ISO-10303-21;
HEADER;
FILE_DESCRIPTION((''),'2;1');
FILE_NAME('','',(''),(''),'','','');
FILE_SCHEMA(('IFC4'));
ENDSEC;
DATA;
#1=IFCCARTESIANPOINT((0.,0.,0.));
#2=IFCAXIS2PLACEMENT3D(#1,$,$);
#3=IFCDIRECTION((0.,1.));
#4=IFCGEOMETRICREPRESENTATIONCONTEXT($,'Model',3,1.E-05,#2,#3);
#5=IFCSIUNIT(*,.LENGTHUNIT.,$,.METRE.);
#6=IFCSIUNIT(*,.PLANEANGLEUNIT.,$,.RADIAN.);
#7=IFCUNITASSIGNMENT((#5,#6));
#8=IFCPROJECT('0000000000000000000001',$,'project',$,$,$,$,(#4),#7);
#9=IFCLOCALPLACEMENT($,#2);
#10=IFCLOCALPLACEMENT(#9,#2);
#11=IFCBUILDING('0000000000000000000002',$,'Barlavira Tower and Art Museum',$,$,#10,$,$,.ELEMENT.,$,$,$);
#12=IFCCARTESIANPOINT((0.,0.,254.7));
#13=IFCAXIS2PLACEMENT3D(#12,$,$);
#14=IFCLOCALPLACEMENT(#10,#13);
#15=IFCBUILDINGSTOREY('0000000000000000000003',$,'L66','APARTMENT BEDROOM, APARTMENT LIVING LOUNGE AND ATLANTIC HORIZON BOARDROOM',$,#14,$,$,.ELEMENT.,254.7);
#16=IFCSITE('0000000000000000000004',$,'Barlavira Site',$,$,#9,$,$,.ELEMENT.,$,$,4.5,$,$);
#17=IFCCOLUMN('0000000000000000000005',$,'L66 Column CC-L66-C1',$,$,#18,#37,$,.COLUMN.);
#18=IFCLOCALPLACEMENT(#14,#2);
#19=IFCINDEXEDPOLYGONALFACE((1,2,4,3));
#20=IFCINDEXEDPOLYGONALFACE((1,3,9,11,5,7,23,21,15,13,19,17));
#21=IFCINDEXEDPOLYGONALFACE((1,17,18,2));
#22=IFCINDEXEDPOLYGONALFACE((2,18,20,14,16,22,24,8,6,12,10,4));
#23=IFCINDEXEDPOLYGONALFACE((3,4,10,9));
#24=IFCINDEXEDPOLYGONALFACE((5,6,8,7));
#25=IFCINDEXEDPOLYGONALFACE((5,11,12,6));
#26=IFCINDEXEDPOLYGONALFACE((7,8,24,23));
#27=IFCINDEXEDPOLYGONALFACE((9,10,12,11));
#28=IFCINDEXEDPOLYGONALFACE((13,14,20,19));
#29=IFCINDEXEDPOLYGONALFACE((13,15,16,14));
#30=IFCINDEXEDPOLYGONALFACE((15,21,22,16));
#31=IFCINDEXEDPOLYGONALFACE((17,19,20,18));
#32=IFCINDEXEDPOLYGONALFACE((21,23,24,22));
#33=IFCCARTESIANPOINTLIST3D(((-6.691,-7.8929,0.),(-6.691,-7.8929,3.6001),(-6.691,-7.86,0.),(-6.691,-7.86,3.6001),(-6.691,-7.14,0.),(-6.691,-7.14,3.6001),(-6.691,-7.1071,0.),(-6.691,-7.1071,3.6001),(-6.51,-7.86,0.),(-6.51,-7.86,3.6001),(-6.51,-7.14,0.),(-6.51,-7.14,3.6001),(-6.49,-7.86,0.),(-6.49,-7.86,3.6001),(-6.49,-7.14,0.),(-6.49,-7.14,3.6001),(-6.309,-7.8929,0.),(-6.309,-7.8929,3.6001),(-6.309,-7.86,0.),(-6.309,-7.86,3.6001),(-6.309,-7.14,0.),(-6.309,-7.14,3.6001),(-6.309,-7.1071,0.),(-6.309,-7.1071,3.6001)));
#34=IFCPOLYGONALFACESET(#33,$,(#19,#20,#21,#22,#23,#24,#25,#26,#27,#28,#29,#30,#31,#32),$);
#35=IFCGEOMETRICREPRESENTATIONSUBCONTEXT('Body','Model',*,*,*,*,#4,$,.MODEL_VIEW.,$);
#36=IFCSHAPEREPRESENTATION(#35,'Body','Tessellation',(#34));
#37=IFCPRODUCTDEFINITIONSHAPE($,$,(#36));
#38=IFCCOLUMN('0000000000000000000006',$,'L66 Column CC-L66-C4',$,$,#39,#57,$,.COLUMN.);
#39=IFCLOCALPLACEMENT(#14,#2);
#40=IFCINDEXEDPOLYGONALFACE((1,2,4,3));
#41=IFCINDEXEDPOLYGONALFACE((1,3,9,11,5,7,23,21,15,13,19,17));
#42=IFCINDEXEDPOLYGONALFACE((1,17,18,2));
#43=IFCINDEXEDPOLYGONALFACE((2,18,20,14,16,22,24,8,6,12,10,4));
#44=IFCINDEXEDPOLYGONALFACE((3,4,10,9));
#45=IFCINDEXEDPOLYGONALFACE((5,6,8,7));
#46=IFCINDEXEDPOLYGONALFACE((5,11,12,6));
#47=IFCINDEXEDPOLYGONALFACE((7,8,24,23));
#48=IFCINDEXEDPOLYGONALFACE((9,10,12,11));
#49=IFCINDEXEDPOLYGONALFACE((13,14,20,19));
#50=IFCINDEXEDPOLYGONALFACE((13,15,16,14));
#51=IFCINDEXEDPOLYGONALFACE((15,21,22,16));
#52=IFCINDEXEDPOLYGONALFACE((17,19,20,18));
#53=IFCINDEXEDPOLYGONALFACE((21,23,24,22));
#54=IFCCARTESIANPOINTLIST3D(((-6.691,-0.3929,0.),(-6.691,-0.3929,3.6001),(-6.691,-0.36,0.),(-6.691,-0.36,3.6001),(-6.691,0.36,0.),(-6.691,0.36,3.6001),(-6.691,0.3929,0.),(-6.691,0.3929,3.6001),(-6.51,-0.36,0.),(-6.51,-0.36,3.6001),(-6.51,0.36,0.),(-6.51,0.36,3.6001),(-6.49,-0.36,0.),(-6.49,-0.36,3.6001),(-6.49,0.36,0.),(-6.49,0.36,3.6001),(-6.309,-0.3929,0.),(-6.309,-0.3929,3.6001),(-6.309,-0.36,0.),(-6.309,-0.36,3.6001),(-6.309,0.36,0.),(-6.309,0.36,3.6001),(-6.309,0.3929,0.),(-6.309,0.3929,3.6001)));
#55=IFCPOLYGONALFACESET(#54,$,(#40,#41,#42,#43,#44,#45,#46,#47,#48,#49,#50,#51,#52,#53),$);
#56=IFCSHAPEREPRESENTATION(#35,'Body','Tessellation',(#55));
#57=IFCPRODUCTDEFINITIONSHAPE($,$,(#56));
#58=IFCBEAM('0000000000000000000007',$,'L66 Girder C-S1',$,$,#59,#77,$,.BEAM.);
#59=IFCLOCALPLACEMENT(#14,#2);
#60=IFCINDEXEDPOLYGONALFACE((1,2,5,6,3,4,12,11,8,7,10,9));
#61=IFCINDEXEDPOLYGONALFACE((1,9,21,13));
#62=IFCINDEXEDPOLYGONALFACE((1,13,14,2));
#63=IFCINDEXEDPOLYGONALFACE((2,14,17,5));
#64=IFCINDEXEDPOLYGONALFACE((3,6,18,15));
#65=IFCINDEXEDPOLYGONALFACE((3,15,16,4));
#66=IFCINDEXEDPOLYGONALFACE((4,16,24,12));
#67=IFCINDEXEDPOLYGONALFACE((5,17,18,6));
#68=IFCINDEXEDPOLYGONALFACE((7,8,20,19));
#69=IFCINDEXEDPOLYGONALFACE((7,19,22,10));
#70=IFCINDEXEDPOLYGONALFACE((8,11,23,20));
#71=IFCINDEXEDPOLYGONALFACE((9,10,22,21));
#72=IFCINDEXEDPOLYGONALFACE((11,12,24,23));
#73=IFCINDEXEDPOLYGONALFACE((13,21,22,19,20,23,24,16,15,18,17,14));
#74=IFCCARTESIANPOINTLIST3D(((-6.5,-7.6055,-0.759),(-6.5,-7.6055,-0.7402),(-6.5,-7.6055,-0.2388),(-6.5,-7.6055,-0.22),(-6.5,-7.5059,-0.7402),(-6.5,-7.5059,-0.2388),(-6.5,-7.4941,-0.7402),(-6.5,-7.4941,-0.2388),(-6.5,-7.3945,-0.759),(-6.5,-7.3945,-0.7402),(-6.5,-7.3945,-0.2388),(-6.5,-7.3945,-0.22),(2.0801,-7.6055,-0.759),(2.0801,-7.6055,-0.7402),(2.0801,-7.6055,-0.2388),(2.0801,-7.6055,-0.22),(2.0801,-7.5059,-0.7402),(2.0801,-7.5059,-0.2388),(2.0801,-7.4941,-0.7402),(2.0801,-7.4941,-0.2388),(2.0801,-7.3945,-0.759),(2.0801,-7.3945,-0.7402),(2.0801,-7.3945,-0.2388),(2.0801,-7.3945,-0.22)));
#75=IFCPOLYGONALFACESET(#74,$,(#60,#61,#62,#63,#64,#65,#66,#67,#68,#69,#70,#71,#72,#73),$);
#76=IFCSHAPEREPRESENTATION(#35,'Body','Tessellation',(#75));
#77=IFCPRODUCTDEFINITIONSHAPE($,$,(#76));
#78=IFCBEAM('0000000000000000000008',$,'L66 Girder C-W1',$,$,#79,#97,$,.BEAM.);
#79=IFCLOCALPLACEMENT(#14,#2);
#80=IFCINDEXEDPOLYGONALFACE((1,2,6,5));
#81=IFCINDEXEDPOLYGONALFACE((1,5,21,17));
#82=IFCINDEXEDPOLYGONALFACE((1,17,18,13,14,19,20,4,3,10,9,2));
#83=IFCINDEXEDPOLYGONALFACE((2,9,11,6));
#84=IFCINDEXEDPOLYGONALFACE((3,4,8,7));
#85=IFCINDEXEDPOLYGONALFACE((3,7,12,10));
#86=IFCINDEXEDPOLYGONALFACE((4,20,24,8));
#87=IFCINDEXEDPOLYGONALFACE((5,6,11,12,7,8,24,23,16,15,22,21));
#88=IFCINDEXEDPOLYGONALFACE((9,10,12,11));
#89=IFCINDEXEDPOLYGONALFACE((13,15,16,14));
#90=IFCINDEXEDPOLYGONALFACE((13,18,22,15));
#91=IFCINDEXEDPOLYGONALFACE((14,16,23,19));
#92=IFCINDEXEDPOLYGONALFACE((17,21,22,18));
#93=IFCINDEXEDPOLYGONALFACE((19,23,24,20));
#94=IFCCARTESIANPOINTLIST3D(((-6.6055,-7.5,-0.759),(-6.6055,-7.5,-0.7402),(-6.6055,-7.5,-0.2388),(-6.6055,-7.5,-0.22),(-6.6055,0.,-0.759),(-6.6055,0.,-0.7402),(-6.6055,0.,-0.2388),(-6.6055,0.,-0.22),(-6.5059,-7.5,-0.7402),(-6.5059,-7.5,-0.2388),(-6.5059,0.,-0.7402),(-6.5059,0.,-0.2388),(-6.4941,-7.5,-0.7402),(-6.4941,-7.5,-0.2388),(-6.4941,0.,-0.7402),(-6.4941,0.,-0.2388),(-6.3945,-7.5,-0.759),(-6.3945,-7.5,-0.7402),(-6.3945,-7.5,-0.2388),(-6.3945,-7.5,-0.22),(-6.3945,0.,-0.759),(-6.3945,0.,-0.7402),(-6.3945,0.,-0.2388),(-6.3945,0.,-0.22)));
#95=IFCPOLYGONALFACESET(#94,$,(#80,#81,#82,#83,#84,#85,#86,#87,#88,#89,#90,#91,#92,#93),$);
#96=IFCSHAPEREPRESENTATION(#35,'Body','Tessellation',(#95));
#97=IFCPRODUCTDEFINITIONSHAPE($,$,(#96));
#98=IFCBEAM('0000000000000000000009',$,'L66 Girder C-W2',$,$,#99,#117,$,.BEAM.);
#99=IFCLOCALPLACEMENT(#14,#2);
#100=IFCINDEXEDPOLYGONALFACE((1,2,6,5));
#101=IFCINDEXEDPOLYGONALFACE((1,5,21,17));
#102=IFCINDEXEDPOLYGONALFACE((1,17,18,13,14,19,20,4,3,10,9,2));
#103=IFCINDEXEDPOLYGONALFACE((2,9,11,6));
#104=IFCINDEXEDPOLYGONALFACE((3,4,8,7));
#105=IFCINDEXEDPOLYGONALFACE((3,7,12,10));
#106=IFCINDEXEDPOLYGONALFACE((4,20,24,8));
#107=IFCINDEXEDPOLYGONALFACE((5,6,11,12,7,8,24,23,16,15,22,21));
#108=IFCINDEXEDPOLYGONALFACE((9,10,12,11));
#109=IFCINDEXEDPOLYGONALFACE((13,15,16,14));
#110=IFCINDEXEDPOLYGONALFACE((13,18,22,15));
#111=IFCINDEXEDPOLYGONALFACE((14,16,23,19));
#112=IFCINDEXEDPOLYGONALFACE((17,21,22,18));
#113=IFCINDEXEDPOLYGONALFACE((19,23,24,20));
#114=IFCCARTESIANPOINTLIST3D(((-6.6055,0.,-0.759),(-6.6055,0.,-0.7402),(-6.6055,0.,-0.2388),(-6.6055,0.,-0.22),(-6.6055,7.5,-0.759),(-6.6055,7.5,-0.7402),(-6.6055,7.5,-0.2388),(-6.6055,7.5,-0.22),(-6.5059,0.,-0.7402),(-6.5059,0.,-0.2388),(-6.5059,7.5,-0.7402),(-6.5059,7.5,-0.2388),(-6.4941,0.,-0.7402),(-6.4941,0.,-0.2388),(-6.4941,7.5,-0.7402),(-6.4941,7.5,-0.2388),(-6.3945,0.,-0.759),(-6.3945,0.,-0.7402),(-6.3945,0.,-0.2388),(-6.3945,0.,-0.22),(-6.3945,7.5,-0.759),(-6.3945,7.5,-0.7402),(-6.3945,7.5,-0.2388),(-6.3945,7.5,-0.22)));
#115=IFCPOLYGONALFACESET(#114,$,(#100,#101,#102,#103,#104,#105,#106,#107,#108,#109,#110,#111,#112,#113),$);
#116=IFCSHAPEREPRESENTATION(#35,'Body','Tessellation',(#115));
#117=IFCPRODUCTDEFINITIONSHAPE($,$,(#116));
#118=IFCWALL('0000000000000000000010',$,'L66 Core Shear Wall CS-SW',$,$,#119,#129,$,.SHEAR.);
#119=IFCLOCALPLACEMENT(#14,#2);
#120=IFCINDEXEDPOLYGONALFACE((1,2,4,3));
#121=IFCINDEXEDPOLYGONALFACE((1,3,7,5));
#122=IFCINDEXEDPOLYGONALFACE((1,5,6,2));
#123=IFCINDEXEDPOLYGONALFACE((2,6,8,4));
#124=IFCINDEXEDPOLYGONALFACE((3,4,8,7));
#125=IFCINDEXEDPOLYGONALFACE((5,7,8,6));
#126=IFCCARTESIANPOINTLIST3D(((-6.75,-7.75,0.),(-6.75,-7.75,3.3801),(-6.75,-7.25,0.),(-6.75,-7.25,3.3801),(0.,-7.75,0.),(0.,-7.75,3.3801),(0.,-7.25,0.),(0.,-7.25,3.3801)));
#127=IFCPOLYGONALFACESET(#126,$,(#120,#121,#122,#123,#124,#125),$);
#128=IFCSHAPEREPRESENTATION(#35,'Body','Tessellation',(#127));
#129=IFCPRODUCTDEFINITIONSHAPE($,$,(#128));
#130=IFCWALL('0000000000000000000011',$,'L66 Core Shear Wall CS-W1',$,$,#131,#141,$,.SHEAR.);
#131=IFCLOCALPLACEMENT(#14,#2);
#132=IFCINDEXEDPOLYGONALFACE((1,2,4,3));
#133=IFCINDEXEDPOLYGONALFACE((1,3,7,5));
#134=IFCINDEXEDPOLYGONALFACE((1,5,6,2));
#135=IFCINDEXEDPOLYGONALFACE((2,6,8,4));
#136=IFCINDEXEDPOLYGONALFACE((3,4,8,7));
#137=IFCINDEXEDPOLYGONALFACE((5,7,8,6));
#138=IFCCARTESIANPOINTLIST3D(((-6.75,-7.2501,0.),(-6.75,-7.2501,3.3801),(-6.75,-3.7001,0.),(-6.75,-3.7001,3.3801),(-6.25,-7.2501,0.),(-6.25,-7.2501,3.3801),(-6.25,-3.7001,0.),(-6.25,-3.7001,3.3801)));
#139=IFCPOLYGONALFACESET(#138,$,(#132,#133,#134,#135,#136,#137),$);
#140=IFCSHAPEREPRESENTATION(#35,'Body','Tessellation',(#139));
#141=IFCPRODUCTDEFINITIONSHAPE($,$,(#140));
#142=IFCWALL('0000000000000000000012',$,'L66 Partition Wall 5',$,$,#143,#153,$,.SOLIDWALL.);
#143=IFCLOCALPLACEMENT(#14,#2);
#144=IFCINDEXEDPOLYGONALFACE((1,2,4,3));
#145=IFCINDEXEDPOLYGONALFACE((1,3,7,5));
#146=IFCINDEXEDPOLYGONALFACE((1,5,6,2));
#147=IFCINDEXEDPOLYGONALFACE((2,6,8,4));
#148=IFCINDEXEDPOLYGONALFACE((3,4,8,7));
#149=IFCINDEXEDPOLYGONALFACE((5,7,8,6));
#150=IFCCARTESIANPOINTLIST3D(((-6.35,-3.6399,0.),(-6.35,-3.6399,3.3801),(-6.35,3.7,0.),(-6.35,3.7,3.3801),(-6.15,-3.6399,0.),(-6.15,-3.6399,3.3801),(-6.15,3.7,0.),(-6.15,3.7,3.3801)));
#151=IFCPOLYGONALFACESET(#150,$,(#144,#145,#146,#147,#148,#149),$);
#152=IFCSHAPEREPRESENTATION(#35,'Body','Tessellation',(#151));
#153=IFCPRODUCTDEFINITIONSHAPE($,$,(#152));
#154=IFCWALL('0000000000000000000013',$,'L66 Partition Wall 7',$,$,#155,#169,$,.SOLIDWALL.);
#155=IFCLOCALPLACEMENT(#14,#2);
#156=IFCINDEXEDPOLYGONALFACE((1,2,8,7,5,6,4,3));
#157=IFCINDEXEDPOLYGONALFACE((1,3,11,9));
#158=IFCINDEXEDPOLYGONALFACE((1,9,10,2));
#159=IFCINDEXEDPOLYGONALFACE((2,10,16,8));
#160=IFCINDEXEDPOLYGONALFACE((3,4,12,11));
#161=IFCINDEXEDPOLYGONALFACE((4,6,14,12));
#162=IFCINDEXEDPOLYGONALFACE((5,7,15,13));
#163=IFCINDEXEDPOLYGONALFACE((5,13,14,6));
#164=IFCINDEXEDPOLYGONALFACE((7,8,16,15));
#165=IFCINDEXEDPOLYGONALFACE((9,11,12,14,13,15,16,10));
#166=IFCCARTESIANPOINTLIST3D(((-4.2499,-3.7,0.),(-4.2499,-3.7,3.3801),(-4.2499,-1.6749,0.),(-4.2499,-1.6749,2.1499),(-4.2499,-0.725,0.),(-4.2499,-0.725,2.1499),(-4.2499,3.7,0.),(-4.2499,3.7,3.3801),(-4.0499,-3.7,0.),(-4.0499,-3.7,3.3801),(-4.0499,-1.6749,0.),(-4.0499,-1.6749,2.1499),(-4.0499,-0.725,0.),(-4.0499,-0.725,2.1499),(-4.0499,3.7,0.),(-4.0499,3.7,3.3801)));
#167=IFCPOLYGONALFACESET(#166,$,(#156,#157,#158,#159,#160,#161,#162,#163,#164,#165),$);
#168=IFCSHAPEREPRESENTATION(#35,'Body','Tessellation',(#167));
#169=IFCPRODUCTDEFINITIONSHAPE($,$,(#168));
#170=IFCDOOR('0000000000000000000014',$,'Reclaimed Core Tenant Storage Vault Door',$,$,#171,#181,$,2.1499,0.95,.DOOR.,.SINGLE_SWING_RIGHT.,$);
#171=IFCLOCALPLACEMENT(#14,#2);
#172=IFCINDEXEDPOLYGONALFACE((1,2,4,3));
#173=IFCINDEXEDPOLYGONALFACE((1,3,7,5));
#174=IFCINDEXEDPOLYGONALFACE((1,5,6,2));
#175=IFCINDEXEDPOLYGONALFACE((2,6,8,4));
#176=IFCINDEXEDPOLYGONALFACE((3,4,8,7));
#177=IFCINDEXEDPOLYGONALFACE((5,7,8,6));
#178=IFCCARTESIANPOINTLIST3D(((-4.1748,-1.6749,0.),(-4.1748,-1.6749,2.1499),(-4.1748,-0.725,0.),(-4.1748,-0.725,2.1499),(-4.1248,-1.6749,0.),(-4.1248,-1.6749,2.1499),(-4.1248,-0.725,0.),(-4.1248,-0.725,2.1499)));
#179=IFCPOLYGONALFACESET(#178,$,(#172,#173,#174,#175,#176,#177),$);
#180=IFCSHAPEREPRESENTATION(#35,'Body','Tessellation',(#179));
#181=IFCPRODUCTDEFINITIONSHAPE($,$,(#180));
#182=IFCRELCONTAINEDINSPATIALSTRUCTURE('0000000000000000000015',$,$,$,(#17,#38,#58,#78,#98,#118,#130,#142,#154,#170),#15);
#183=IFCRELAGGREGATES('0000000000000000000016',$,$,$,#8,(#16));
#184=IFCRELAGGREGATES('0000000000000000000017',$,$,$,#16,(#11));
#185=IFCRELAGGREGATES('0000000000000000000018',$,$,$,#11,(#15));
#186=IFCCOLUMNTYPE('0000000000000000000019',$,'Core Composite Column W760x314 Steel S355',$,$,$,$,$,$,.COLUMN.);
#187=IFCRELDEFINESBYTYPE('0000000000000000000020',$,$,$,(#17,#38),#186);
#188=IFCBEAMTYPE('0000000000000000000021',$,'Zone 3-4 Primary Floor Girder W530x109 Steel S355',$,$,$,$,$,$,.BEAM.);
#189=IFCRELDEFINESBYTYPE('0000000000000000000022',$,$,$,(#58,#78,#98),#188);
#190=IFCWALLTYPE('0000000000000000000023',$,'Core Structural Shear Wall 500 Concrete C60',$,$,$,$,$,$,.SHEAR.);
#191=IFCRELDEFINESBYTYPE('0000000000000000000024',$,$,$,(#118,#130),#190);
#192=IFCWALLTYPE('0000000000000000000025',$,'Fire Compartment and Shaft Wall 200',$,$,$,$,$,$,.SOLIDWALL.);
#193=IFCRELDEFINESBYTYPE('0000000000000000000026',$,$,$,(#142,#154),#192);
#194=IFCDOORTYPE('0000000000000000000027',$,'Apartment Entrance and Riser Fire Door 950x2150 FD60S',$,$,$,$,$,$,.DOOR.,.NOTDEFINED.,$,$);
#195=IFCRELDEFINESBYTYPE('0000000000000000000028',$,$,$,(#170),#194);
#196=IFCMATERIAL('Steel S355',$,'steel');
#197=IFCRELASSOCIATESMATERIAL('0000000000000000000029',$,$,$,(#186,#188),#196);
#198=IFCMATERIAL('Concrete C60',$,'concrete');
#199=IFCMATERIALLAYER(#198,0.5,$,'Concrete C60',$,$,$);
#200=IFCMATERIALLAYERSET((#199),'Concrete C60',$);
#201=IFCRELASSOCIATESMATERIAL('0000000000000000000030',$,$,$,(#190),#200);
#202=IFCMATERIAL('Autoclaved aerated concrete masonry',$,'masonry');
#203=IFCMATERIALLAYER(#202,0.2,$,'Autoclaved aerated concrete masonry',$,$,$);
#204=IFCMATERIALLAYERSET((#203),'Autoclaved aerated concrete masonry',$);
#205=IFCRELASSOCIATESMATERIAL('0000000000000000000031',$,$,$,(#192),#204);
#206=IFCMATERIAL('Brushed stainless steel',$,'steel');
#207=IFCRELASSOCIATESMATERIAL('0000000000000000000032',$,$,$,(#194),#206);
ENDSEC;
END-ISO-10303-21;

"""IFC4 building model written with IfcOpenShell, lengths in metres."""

from ifc_helpers import new_model, si_unit, direction, frame, frame_2d, origin, origin_2d, place, context, subcontext, project, spatial, rectangle, i_section, extrude, material, layer, layer_set, material_profile, profile_set, type_object, element, fill, save


model = new_model("IFC4")

# Units and contexts
model_context = context("Model", 3, precision=1e-05, world=origin(), true_north=direction((0.0, 1.0)))
body_context = subcontext(model_context, "Body", "Model", "MODEL_VIEW")
ifc_project = project(units=[si_unit("LENGTHUNIT", "METRE"), si_unit("PLANEANGLEUNIT", "RADIAN")], contexts=[model_context])

# Site, building, storey
site_placement = place(None, origin())
site = spatial("IfcSite", under=ifc_project, at=site_placement, Name="Barlavira Site", CompositionType="ELEMENT", RefElevation=4.5)
building_placement = place(site_placement, origin())
building = spatial("IfcBuilding", under=site, at=building_placement, Name="Barlavira Tower and Art Museum", CompositionType="ELEMENT")
storey_placement = place(building_placement, frame((0.0, 0.0, 254.7)))
storey = spatial("IfcBuildingStorey", under=building, at=storey_placement, Name="L66", Description="APARTMENT BEDROOM, APARTMENT LIVING LOUNGE AND ATLANTIC HORIZON BOARDROOM", CompositionType="ELEMENT", Elevation=254.7)

# Columns
ifc_material_1 = material(Name="Steel S355", Category="steel")
ifc_material_profile_1 = material_profile(ifc_material_1, i_section(OverallWidth=0.3821, OverallDepth=0.7859, WebThickness=0.02, FlangeThickness=0.033, at=origin_2d()), Name="W760x314.0")
ifc_profile_set_1 = profile_set([ifc_material_profile_1], Name="Steel S355")
column_type = type_object("IfcColumnType", Name="Core Composite Column W760x314 Steel S355", PredefinedType="COLUMN", material=ifc_profile_set_1)
for number, where, z_axis, x_axis, name in (
    (1, (-6.5, -7.5, 0.0), (0.0, 0.0, 1.0), (1.0, 0.0, 0.0), "L66 Column CC-L66-C1"),
    (2, (-6.5, 0.0, 0.0), (0.0, 0.0, 1.0), (1.0, 0.0, 0.0), "L66 Column CC-L66-C4"),
):
    element("IfcColumn", number, at=place(storey_placement, frame(where, z_axis=z_axis, x_axis=x_axis)), inside=storey, type_object=column_type, Name=name, PredefinedType="COLUMN", context=body_context, shape_type="SweptSolid", body=[
        extrude(i_section(OverallWidth=0.3821, OverallDepth=0.7859, WebThickness=0.02, FlangeThickness=0.033, at=origin_2d()), origin(), (0.0, 0.0, 1.0), 3.6001),
    ])

# Beams
ifc_material_profile_2 = material_profile(ifc_material_1, i_section(OverallWidth=0.2109, OverallDepth=0.5391, WebThickness=0.0117, FlangeThickness=0.0188, at=origin_2d()), Name="W530x109.0")
ifc_profile_set_2 = profile_set([ifc_material_profile_2], Name="Steel S355")
beam_type = type_object("IfcBeamType", Name="Zone 3-4 Primary Floor Girder W530x109 Steel S355", PredefinedType="BEAM", material=ifc_profile_set_2)
beam_placement = place(storey_placement, frame((-6.5, -7.5, -0.4895), z_axis=(1.0, 0.0, 0.0), x_axis=(0.0, 1.0, 0.0)))
element("IfcBeam", 3, at=beam_placement, inside=storey, type_object=beam_type, Name="L66 Girder C-S1", PredefinedType="BEAM", context=body_context, shape_type="SweptSolid", body=[
    extrude(i_section(OverallWidth=0.2109, OverallDepth=0.5391, WebThickness=0.0117, FlangeThickness=0.0188, at=origin_2d()), origin(), (0.0, 0.0, 1.0), 8.5801),
])
for number, where, z_axis, x_axis, name in (
    (4, (-6.5, -7.5, -0.4895), (0.0, 1.0, 0.0), (-1.0, 0.0, 0.0), "L66 Girder C-W1"),
    (5, (-6.5, 0.0, -0.4895), (0.0, 1.0, 0.0), (-1.0, 0.0, 0.0), "L66 Girder C-W2"),
):
    element("IfcBeam", number, at=place(storey_placement, frame(where, z_axis=z_axis, x_axis=x_axis)), inside=storey, type_object=beam_type, Name=name, PredefinedType="BEAM", context=body_context, shape_type="SweptSolid", body=[
        extrude(i_section(OverallWidth=0.2109, OverallDepth=0.5391, WebThickness=0.0117, FlangeThickness=0.0188, at=origin_2d()), origin(), (0.0, 0.0, 1.0), 7.5),
    ])

# Walls
ifc_material_2 = material(Name="Concrete C60", Category="concrete")
ifc_layer_1 = layer(ifc_material_2, 0.5, Name="Concrete C60")
ifc_layer_set_1 = layer_set([ifc_layer_1], Name="Concrete C60")
wall_type_1 = type_object("IfcWallType", Name="Core Structural Shear Wall 500 Concrete C60", PredefinedType="SHEAR", material=ifc_layer_set_1)
wall_1_placement = place(storey_placement, frame((-6.75, -7.5, 0.0), z_axis=(0.0, 0.0, 1.0), x_axis=(1.0, 0.0, 0.0)))
element("IfcWall", 6, at=wall_1_placement, inside=storey, type_object=wall_type_1, Name="L66 Core Shear Wall CS-SW", PredefinedType="SHEAR", context=body_context, shape_type="SweptSolid", body=[
    extrude(rectangle(XDim=6.75, YDim=0.5, at=frame_2d((3.375, 0.0))), origin(), (0.0, 0.0, 1.0), 3.3801),
])
wall_2_placement = place(storey_placement, frame((-6.5, -7.25, 0.0), z_axis=(0.0, 0.0, 1.0), x_axis=(0.0, 1.0, 0.0)))
element("IfcWall", 7, at=wall_2_placement, inside=storey, type_object=wall_type_1, Name="L66 Core Shear Wall CS-W1", PredefinedType="SHEAR", context=body_context, shape_type="SweptSolid", body=[
    extrude(rectangle(XDim=3.55, YDim=0.5, at=frame_2d((1.7749, 0.0))), origin(), (0.0, 0.0, 1.0), 3.3801),
])
ifc_material_3 = material(Name="Autoclaved aerated concrete masonry", Category="masonry")
ifc_layer_2 = layer(ifc_material_3, 0.2, Name="Autoclaved aerated concrete masonry")
ifc_layer_set_2 = layer_set([ifc_layer_2], Name="Autoclaved aerated concrete masonry")
wall_type_2 = type_object("IfcWallType", Name="Fire Compartment and Shaft Wall 200", PredefinedType="SOLIDWALL", material=ifc_layer_set_2)
wall_3_placement = place(storey_placement, frame((-6.25, -3.6399, 0.0), z_axis=(0.0, 0.0, 1.0), x_axis=(0.0, 1.0, 0.0)))
element("IfcWall", 8, at=wall_3_placement, inside=storey, type_object=wall_type_2, Name="L66 Partition Wall 5", PredefinedType="SOLIDWALL", context=body_context, shape_type="SweptSolid", body=[
    extrude(rectangle(XDim=7.3398, YDim=0.2, at=frame_2d((3.6699, 0.0))), origin(), (0.0, 0.0, 1.0), 3.3801),
])

# Wall, opening, door
wall_4_placement = place(storey_placement, frame((-4.1499, -3.7, 0.0), z_axis=(0.0, 0.0, 1.0), x_axis=(0.0, 1.0, 0.0)))
wall_4 = element("IfcWall", 9, at=wall_4_placement, inside=storey, type_object=wall_type_2, Name="L66 Partition Wall 7", PredefinedType="SOLIDWALL", context=body_context, shape_type="SweptSolid", body=[
    extrude(rectangle(XDim=7.3999, YDim=0.2, at=frame_2d((3.7, 0.0))), origin(), (0.0, 0.0, 1.0), 3.3801),
])
opening_1_placement = place(wall_4_placement, frame((2.0249, 0.0, 0.0)))
opening_1 = element("IfcOpeningElement", 10, at=opening_1_placement, cuts=wall_4, PredefinedType="OPENING", context=body_context, shape_type="SweptSolid", body=[
    extrude(rectangle(XDim=0.95, YDim=2.1499, at=frame_2d((0.4751, 1.075))), frame((0.0, 0.1099, 0.0), z_axis=(0.0, -1.0, 0.0), x_axis=(1.0, 0.0, 0.0)), (0.0, 0.0, 1.0), 0.22),
])
ifc_material_4 = material(Name="Brushed stainless steel", Category="steel")
door_type = type_object("IfcDoorType", Name="Apartment Entrance and Riser Fire Door 950x2150 FD60S", OperationType="NOTDEFINED", PredefinedType="DOOR", material=ifc_material_4)
door_1_placement = place(opening_1_placement, origin())
door_1 = element("IfcDoor", 11, at=door_1_placement, inside=storey, type_object=door_type, Name="Reclaimed Core Tenant Storage Vault Door", OperationType="SINGLE_SWING_RIGHT", OverallHeight=2.1499, OverallWidth=0.95, PredefinedType="DOOR", context=body_context, shape_type="SweptSolid", body=[
    extrude(rectangle(XDim=0.95, YDim=2.1499, at=frame_2d((0.4751, 1.075))), frame((0.0, 0.0249, 0.0), z_axis=(0.0, -1.0, 0.0), x_axis=(1.0, 0.0, 0.0)), (0.0, 0.0, 1.0), 0.05),
])
fill(opening_1, door_1)

save(model, "model.ifc")
